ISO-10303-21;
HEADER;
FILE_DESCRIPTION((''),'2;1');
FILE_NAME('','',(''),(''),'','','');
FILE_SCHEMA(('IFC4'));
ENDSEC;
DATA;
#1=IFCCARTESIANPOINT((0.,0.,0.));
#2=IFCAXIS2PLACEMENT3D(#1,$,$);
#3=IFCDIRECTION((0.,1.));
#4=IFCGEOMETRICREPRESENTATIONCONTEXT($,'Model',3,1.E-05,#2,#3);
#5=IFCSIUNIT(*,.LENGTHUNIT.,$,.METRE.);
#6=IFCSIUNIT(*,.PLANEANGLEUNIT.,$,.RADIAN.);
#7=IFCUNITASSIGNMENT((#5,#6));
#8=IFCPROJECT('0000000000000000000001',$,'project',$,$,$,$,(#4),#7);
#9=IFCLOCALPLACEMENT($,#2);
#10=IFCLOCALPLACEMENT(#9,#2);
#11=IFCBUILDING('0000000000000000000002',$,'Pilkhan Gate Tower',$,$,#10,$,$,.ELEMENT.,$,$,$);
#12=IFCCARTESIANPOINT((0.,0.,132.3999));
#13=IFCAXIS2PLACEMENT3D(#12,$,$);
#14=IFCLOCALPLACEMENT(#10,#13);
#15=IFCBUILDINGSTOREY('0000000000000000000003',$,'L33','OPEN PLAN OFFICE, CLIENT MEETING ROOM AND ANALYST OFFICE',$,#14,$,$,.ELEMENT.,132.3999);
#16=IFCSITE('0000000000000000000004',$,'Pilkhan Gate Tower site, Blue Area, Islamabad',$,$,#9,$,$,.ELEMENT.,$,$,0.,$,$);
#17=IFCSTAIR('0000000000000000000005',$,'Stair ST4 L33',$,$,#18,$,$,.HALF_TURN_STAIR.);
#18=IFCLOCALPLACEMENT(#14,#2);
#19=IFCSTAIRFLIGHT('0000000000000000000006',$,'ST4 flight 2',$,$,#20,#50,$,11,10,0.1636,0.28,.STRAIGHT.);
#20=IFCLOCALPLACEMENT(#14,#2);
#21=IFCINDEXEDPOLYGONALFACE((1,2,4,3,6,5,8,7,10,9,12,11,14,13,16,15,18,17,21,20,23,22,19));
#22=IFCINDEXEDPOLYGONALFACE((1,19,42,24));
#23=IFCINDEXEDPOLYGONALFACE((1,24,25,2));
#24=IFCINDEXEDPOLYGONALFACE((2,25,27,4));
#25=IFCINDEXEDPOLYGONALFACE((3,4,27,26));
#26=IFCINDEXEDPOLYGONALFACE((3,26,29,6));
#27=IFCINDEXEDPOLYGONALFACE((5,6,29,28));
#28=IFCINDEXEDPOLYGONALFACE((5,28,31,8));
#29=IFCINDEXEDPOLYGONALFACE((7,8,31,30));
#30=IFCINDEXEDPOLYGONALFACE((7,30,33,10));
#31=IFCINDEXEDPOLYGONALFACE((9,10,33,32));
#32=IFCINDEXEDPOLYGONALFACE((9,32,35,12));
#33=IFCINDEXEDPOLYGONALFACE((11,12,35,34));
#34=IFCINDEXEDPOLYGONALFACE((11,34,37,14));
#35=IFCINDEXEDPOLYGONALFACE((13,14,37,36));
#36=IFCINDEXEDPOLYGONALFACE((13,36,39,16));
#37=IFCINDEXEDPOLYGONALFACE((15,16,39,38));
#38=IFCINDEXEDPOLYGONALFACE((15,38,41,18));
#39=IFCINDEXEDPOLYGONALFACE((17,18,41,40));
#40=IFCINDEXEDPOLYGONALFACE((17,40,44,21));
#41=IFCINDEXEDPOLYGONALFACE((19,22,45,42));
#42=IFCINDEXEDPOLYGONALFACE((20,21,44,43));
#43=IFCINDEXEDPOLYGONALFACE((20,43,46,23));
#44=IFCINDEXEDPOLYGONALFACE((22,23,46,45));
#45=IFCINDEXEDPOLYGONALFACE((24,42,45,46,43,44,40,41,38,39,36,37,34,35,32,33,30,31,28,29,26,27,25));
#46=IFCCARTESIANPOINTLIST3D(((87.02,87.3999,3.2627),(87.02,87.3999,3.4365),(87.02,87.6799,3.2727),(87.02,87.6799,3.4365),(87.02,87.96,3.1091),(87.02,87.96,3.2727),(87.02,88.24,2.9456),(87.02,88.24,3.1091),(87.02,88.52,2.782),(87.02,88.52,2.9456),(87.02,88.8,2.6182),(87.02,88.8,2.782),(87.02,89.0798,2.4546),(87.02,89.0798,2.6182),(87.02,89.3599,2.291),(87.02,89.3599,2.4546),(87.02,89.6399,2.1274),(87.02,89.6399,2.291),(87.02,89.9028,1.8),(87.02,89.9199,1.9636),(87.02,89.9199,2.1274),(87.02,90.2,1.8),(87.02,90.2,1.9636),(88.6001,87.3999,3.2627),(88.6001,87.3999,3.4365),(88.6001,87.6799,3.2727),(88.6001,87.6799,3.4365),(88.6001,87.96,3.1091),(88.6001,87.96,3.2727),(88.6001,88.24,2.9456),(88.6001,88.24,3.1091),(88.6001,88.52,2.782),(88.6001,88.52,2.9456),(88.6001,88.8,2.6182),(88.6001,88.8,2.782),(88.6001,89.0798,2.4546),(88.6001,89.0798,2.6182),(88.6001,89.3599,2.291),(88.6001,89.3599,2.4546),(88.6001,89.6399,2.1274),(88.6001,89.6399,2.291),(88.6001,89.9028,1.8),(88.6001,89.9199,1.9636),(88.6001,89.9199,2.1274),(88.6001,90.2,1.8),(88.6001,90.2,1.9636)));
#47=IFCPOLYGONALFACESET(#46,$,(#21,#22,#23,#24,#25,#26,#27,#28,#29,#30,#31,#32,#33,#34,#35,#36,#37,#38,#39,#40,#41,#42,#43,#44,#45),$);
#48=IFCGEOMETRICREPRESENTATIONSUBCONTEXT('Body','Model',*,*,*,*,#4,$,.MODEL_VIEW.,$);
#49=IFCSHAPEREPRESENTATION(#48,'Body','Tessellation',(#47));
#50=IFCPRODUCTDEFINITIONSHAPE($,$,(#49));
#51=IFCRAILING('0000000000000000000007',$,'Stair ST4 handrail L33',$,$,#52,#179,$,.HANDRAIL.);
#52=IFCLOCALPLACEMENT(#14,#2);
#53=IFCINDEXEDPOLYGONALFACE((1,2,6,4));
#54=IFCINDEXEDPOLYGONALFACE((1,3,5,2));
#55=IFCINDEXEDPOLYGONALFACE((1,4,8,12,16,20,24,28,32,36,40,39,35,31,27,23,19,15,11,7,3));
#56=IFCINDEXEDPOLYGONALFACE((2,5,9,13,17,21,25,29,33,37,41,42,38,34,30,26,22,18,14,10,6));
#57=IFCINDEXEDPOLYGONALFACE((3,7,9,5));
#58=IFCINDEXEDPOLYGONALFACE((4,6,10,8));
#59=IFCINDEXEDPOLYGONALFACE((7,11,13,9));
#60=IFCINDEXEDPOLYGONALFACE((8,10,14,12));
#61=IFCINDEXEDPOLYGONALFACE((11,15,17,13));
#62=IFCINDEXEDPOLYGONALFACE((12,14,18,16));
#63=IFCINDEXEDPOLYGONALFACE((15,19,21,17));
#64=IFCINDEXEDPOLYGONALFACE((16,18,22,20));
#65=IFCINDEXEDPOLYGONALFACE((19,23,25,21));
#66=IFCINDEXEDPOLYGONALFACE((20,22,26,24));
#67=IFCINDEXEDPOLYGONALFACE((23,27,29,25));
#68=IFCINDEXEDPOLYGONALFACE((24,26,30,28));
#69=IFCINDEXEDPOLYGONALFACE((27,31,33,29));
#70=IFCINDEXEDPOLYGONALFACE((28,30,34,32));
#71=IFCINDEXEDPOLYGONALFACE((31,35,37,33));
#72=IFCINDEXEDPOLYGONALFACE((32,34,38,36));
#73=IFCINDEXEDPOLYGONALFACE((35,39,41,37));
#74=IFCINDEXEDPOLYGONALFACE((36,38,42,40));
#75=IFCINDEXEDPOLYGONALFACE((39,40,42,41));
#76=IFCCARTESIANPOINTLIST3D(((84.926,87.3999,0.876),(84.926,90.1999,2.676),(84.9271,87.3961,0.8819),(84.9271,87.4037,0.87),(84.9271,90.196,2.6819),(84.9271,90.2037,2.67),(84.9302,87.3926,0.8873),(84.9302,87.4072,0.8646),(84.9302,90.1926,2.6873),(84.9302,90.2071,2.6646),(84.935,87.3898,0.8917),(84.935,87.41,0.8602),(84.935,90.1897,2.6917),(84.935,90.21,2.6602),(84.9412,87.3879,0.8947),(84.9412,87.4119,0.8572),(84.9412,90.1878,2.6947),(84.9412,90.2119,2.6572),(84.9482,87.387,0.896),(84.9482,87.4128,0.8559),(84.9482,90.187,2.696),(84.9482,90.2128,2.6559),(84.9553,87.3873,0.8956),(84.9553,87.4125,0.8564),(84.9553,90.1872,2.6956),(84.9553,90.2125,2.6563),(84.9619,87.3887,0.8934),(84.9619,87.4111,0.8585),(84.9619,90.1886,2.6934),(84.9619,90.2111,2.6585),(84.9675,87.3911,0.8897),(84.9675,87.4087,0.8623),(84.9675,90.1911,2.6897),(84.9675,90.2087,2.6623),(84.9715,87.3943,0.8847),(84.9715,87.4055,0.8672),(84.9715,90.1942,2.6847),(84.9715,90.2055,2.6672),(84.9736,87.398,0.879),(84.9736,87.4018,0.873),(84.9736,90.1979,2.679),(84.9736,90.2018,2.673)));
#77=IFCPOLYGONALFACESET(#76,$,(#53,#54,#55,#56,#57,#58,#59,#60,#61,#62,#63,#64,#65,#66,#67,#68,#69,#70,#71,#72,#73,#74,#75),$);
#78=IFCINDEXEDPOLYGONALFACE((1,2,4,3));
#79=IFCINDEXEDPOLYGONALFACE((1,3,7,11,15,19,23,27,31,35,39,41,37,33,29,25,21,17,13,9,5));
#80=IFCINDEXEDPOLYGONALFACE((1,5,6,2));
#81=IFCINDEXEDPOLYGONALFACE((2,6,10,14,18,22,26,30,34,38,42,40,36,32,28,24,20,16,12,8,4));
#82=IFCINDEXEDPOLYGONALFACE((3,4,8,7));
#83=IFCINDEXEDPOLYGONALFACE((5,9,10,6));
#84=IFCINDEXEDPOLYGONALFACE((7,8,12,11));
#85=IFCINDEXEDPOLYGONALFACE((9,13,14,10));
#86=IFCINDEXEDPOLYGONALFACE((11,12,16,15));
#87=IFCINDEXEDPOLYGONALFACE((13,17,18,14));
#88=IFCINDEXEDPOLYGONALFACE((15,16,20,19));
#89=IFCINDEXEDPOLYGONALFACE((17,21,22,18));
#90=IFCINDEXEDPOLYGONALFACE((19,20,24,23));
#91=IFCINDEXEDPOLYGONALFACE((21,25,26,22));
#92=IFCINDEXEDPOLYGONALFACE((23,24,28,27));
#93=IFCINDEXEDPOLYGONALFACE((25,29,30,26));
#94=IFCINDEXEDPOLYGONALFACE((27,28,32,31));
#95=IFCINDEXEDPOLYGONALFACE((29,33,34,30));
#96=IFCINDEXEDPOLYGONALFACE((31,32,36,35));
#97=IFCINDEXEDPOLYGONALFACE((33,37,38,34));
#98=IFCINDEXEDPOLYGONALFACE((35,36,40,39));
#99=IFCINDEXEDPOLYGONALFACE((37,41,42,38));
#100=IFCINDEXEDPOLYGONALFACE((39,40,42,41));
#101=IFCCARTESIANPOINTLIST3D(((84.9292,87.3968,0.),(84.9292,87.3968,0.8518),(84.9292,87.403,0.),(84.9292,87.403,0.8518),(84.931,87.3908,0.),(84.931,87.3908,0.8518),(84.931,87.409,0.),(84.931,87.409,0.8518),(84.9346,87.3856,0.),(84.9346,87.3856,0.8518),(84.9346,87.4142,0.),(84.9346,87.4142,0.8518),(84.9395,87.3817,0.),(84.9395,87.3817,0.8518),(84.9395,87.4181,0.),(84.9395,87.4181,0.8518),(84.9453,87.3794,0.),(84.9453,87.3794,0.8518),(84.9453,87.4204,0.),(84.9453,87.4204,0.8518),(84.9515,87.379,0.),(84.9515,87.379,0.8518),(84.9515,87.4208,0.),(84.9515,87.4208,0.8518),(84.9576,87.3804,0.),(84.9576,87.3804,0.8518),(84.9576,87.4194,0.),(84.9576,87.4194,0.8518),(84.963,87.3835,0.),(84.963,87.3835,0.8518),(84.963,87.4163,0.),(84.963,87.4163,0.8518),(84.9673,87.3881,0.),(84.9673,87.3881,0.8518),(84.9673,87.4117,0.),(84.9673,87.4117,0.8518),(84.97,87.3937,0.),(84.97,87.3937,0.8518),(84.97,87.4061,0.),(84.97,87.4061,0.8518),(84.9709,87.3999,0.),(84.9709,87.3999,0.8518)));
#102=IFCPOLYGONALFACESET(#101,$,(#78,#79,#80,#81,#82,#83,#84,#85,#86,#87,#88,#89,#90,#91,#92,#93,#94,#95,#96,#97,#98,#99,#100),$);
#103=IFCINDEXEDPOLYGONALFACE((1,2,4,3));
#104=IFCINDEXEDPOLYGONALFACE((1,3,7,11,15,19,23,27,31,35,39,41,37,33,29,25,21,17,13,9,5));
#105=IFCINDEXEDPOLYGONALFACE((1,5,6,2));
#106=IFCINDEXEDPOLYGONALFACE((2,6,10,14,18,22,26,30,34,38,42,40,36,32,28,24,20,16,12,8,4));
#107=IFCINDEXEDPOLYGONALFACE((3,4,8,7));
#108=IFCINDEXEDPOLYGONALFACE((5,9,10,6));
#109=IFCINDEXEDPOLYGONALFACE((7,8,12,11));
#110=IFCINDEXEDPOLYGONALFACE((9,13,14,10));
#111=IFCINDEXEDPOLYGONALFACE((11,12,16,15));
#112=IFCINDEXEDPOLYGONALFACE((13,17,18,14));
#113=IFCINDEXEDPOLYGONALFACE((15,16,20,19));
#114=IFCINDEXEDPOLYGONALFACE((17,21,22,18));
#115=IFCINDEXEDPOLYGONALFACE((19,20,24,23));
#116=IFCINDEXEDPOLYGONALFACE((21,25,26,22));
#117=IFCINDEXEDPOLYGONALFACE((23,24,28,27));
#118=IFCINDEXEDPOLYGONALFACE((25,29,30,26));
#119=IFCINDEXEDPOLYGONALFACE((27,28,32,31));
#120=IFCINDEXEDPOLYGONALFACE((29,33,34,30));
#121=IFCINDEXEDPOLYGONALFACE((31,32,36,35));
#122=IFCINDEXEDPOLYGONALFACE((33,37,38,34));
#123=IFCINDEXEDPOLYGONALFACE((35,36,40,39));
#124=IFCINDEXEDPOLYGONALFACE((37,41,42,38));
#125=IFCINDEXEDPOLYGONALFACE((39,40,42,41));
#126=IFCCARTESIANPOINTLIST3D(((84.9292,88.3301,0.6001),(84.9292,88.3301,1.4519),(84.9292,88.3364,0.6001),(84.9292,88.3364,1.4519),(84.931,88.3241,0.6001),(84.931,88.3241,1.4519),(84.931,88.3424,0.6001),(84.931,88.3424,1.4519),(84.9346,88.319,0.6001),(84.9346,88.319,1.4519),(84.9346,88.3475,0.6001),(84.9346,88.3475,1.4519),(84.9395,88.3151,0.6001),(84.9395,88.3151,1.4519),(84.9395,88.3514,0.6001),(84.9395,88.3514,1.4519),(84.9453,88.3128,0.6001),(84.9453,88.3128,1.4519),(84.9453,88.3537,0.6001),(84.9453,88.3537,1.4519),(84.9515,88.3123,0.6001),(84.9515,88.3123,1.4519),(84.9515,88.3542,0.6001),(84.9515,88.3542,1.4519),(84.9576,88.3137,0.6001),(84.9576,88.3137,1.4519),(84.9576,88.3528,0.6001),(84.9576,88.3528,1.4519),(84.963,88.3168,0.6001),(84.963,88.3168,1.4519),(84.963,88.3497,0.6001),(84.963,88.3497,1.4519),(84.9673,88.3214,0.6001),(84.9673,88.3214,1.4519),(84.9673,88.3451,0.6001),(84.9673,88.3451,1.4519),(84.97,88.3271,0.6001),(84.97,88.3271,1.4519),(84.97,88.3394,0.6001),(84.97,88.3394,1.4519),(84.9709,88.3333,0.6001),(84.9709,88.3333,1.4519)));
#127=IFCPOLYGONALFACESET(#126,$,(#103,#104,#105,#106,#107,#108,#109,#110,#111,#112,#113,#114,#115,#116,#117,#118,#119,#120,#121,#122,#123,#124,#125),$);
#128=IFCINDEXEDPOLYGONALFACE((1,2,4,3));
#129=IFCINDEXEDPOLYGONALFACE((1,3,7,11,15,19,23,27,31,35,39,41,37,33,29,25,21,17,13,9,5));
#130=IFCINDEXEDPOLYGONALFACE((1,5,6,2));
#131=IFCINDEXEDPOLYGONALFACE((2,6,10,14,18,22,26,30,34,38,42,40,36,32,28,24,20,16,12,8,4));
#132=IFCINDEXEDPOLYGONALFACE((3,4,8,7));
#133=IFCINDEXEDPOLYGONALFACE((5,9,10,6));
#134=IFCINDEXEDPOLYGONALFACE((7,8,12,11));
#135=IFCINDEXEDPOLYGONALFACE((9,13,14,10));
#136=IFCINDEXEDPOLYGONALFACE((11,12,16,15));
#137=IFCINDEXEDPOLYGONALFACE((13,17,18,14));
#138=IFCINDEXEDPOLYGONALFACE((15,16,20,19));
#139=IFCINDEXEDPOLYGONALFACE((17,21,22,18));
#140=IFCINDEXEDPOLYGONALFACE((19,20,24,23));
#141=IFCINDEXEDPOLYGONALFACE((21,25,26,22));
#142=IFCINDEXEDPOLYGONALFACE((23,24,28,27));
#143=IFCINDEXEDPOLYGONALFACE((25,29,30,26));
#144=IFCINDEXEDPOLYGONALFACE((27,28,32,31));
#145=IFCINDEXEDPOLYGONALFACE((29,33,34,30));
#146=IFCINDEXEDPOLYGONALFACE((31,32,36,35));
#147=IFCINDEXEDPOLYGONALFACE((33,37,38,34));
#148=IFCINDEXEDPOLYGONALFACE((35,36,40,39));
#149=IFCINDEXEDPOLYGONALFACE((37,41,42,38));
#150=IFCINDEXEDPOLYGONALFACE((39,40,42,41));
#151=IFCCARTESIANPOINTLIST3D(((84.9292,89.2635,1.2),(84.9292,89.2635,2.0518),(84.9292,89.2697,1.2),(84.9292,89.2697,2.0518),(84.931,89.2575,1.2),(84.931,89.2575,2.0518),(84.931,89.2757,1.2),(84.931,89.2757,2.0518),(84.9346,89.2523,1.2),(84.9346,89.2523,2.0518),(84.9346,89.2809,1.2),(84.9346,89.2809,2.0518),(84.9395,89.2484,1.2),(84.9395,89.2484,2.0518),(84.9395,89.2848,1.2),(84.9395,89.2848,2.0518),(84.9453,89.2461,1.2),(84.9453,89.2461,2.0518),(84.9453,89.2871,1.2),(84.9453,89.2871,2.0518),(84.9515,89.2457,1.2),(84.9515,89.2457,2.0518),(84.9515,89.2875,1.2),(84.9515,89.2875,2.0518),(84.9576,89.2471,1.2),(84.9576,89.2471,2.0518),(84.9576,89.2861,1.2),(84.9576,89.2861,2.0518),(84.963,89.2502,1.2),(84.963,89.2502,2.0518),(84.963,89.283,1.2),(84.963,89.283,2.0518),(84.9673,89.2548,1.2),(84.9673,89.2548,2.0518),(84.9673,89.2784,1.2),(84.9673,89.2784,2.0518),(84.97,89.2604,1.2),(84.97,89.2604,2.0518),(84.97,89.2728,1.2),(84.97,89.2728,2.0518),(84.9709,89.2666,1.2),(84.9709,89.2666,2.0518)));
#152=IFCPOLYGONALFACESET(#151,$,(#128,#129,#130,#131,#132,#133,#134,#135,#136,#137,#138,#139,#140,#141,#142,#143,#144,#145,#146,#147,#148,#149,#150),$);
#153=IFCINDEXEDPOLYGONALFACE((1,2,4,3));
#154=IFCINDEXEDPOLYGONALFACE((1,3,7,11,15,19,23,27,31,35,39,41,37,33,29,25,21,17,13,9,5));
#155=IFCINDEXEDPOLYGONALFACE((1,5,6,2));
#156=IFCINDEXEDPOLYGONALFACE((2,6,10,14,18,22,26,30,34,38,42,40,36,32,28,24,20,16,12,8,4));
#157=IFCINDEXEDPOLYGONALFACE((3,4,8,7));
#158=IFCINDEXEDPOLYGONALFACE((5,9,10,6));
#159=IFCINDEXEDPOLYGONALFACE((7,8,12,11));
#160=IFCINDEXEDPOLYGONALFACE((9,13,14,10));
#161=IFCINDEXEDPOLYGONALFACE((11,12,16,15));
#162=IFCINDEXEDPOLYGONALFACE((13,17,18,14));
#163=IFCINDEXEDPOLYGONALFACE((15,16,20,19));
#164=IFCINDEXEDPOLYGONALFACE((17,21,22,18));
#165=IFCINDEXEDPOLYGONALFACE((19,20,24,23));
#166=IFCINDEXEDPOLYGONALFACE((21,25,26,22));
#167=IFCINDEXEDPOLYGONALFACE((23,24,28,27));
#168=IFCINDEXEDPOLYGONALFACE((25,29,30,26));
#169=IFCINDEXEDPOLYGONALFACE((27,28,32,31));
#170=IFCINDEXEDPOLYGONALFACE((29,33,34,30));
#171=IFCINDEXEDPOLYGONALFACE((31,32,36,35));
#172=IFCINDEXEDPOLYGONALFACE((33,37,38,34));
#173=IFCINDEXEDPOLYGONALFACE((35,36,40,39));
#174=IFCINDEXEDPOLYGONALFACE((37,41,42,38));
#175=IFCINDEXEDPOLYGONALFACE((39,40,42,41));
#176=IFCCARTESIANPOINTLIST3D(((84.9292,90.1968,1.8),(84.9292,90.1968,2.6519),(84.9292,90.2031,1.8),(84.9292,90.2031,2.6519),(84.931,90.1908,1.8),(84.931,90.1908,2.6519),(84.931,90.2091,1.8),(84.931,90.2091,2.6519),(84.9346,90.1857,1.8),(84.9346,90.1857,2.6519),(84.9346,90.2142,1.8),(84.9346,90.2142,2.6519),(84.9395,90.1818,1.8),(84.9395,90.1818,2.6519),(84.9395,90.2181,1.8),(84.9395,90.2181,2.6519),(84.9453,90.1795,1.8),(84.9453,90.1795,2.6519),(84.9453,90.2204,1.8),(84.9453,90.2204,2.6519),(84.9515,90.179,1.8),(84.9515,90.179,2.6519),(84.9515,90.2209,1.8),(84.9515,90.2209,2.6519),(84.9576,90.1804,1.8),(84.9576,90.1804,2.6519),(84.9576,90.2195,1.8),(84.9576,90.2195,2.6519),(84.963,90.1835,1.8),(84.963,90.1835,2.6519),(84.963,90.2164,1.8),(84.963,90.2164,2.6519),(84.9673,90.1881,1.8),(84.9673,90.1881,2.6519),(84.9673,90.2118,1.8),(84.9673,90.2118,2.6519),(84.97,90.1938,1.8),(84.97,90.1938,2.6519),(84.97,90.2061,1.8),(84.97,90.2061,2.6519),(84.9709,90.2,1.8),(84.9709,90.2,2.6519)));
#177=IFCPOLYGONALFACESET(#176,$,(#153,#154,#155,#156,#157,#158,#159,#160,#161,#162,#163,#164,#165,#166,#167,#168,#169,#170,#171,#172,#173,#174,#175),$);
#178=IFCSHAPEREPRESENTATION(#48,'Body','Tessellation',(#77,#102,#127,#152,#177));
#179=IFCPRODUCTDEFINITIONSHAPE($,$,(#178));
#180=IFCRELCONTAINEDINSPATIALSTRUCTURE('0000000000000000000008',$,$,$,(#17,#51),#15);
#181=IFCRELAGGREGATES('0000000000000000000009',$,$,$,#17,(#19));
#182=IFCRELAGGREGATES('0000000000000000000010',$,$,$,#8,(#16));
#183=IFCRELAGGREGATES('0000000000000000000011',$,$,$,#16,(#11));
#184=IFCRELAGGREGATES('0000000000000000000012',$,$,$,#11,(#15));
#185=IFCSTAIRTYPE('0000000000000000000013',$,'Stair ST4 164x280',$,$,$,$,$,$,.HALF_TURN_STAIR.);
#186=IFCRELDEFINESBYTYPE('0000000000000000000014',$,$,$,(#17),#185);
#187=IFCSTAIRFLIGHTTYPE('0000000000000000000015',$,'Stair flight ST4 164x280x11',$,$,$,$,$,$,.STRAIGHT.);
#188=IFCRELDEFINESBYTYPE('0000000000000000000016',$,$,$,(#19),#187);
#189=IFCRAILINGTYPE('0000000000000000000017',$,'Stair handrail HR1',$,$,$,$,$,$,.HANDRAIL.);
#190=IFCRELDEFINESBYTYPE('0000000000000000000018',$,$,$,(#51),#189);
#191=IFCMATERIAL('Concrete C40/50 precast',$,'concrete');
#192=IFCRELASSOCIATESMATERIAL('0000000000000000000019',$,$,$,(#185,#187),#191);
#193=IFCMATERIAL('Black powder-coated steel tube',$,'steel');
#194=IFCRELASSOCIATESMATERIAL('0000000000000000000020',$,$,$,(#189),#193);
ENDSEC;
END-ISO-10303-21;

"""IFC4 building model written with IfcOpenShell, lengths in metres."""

from ifc_helpers import new_model, si_unit, direction, frame, origin, origin_2d, place, context, subcontext, project, spatial, polyline, circle, outline, extrude, material, type_object, element, aggregate, save


model = new_model("IFC4")

# Units and contexts
model_context = context("Model", 3, precision=1e-05, world=origin(), true_north=direction((0.0, 1.0)))
body_context = subcontext(model_context, "Body", "Model", "MODEL_VIEW")
ifc_project = project(units=[si_unit("LENGTHUNIT", "METRE"), si_unit("PLANEANGLEUNIT", "RADIAN")], contexts=[model_context])

# Site, building, storey
site_placement = place(None, origin())
site = spatial("IfcSite", under=ifc_project, at=site_placement, Name="Pilkhan Gate Tower site, Blue Area, Islamabad", CompositionType="ELEMENT", RefElevation=0.0)
building_placement = place(site_placement, origin())
building = spatial("IfcBuilding", under=site, at=building_placement, Name="Pilkhan Gate Tower", CompositionType="ELEMENT")
storey_placement = place(building_placement, frame((0.0, 0.0, 132.3999)))
storey = spatial("IfcBuildingStorey", under=building, at=storey_placement, Name="L33", Description="OPEN PLAN OFFICE, CLIENT MEETING ROOM AND ANALYST OFFICE", CompositionType="ELEMENT", Elevation=132.3999)

# Stair, stair flight
ifc_material_1 = material(Name="Concrete C40/50 precast", Category="concrete")
stair_type = type_object("IfcStairType", Name="Stair ST4 164x280", PredefinedType="HALF_TURN_STAIR", material=ifc_material_1)
stair_placement = place(storey_placement, origin())
stair = element("IfcStair", 1, at=stair_placement, inside=storey, type_object=stair_type, Name="Stair ST4 L33", PredefinedType="HALF_TURN_STAIR")
stair_flight_type = type_object("IfcStairFlightType", Name="Stair flight ST4 164x280x11", PredefinedType="STRAIGHT", material=ifc_material_1)
stair_flight_1_placement = place(storey_placement, frame((87.8101, 90.2, 1.8), z_axis=(0.0, 0.0, 1.0), x_axis=(0.0, -1.0, 0.0)))
stair_flight_1 = element("IfcStairFlight", 2, at=stair_flight_1_placement, type_object=stair_flight_type, Name="ST4 flight 2", NumberOfRisers=11, NumberOfTreads=10, PredefinedType="STRAIGHT", RiserHeight=0.1636, TreadLength=0.28, context=body_context, shape_type="SweptSolid", body=[
    extrude(outline(polyline([(0.0, 0.0), (0.0, 0.1636), (0.28, 0.1636), (0.28, 0.3274), (0.5601, 0.3274), (0.5601, 0.491), (0.8401, 0.491), (0.8401, 0.6545), (1.1201, 0.6545), (1.1201, 0.8181), (1.3999, 0.8181), (1.3999, 0.9819), (1.6799, 0.9819), (1.6799, 1.1455), (1.96, 1.1455), (1.96, 1.3091), (2.24, 1.3091), (2.24, 1.4727), (2.52, 1.4727), (2.52, 1.6365), (2.8, 1.6365), (2.8, 1.8), (2.8, 1.4626), (0.2971, 0.0), (0.0, 0.0)])), frame((0.0, 0.79, 0.0), z_axis=(0.0, -1.0, 0.0), x_axis=(1.0, 0.0, 0.0)), (0.0, 0.0, 1.0), 1.5801),
])
aggregate(stair, [stair_flight_1])

# Railing
ifc_material_2 = material(Name="Black powder-coated steel tube", Category="steel")
railing_type_1 = type_object("IfcRailingType", Name="Stair handrail HR1", PredefinedType="HANDRAIL", material=ifc_material_2)
railing_1_placement = place(storey_placement, frame((84.95, 87.3999, 0.0)))
element("IfcRailing", 3, at=railing_1_placement, inside=storey, type_object=railing_type_1, Name="Stair ST4 handrail L33", PredefinedType="HANDRAIL", context=body_context, shape_type="SweptSolid", body=[
    extrude(circle(Radius=0.0239, at=origin_2d()), frame((0.0, 0.0, 0.876), z_axis=(0.0, 0.841176, 0.540761), x_axis=(-1.0, 0.0, 0.0)), (0.0, 0.0, 1.0), 3.3286),
    extrude(circle(Radius=0.021, at=origin_2d()), origin(), (0.0, 0.0, 1.0), 0.8518),
    extrude(circle(Radius=0.021, at=origin_2d()), frame((0.0, 0.9333, 0.6001)), (0.0, 0.0, 1.0), 0.8518),
    extrude(circle(Radius=0.021, at=origin_2d()), frame((0.0, 1.8667, 1.2)), (0.0, 0.0, 1.0), 0.8518),
    extrude(circle(Radius=0.021, at=origin_2d()), frame((0.0, 2.8, 1.8)), (0.0, 0.0, 1.0), 0.8518),
])

save(model, "model.ifc")
